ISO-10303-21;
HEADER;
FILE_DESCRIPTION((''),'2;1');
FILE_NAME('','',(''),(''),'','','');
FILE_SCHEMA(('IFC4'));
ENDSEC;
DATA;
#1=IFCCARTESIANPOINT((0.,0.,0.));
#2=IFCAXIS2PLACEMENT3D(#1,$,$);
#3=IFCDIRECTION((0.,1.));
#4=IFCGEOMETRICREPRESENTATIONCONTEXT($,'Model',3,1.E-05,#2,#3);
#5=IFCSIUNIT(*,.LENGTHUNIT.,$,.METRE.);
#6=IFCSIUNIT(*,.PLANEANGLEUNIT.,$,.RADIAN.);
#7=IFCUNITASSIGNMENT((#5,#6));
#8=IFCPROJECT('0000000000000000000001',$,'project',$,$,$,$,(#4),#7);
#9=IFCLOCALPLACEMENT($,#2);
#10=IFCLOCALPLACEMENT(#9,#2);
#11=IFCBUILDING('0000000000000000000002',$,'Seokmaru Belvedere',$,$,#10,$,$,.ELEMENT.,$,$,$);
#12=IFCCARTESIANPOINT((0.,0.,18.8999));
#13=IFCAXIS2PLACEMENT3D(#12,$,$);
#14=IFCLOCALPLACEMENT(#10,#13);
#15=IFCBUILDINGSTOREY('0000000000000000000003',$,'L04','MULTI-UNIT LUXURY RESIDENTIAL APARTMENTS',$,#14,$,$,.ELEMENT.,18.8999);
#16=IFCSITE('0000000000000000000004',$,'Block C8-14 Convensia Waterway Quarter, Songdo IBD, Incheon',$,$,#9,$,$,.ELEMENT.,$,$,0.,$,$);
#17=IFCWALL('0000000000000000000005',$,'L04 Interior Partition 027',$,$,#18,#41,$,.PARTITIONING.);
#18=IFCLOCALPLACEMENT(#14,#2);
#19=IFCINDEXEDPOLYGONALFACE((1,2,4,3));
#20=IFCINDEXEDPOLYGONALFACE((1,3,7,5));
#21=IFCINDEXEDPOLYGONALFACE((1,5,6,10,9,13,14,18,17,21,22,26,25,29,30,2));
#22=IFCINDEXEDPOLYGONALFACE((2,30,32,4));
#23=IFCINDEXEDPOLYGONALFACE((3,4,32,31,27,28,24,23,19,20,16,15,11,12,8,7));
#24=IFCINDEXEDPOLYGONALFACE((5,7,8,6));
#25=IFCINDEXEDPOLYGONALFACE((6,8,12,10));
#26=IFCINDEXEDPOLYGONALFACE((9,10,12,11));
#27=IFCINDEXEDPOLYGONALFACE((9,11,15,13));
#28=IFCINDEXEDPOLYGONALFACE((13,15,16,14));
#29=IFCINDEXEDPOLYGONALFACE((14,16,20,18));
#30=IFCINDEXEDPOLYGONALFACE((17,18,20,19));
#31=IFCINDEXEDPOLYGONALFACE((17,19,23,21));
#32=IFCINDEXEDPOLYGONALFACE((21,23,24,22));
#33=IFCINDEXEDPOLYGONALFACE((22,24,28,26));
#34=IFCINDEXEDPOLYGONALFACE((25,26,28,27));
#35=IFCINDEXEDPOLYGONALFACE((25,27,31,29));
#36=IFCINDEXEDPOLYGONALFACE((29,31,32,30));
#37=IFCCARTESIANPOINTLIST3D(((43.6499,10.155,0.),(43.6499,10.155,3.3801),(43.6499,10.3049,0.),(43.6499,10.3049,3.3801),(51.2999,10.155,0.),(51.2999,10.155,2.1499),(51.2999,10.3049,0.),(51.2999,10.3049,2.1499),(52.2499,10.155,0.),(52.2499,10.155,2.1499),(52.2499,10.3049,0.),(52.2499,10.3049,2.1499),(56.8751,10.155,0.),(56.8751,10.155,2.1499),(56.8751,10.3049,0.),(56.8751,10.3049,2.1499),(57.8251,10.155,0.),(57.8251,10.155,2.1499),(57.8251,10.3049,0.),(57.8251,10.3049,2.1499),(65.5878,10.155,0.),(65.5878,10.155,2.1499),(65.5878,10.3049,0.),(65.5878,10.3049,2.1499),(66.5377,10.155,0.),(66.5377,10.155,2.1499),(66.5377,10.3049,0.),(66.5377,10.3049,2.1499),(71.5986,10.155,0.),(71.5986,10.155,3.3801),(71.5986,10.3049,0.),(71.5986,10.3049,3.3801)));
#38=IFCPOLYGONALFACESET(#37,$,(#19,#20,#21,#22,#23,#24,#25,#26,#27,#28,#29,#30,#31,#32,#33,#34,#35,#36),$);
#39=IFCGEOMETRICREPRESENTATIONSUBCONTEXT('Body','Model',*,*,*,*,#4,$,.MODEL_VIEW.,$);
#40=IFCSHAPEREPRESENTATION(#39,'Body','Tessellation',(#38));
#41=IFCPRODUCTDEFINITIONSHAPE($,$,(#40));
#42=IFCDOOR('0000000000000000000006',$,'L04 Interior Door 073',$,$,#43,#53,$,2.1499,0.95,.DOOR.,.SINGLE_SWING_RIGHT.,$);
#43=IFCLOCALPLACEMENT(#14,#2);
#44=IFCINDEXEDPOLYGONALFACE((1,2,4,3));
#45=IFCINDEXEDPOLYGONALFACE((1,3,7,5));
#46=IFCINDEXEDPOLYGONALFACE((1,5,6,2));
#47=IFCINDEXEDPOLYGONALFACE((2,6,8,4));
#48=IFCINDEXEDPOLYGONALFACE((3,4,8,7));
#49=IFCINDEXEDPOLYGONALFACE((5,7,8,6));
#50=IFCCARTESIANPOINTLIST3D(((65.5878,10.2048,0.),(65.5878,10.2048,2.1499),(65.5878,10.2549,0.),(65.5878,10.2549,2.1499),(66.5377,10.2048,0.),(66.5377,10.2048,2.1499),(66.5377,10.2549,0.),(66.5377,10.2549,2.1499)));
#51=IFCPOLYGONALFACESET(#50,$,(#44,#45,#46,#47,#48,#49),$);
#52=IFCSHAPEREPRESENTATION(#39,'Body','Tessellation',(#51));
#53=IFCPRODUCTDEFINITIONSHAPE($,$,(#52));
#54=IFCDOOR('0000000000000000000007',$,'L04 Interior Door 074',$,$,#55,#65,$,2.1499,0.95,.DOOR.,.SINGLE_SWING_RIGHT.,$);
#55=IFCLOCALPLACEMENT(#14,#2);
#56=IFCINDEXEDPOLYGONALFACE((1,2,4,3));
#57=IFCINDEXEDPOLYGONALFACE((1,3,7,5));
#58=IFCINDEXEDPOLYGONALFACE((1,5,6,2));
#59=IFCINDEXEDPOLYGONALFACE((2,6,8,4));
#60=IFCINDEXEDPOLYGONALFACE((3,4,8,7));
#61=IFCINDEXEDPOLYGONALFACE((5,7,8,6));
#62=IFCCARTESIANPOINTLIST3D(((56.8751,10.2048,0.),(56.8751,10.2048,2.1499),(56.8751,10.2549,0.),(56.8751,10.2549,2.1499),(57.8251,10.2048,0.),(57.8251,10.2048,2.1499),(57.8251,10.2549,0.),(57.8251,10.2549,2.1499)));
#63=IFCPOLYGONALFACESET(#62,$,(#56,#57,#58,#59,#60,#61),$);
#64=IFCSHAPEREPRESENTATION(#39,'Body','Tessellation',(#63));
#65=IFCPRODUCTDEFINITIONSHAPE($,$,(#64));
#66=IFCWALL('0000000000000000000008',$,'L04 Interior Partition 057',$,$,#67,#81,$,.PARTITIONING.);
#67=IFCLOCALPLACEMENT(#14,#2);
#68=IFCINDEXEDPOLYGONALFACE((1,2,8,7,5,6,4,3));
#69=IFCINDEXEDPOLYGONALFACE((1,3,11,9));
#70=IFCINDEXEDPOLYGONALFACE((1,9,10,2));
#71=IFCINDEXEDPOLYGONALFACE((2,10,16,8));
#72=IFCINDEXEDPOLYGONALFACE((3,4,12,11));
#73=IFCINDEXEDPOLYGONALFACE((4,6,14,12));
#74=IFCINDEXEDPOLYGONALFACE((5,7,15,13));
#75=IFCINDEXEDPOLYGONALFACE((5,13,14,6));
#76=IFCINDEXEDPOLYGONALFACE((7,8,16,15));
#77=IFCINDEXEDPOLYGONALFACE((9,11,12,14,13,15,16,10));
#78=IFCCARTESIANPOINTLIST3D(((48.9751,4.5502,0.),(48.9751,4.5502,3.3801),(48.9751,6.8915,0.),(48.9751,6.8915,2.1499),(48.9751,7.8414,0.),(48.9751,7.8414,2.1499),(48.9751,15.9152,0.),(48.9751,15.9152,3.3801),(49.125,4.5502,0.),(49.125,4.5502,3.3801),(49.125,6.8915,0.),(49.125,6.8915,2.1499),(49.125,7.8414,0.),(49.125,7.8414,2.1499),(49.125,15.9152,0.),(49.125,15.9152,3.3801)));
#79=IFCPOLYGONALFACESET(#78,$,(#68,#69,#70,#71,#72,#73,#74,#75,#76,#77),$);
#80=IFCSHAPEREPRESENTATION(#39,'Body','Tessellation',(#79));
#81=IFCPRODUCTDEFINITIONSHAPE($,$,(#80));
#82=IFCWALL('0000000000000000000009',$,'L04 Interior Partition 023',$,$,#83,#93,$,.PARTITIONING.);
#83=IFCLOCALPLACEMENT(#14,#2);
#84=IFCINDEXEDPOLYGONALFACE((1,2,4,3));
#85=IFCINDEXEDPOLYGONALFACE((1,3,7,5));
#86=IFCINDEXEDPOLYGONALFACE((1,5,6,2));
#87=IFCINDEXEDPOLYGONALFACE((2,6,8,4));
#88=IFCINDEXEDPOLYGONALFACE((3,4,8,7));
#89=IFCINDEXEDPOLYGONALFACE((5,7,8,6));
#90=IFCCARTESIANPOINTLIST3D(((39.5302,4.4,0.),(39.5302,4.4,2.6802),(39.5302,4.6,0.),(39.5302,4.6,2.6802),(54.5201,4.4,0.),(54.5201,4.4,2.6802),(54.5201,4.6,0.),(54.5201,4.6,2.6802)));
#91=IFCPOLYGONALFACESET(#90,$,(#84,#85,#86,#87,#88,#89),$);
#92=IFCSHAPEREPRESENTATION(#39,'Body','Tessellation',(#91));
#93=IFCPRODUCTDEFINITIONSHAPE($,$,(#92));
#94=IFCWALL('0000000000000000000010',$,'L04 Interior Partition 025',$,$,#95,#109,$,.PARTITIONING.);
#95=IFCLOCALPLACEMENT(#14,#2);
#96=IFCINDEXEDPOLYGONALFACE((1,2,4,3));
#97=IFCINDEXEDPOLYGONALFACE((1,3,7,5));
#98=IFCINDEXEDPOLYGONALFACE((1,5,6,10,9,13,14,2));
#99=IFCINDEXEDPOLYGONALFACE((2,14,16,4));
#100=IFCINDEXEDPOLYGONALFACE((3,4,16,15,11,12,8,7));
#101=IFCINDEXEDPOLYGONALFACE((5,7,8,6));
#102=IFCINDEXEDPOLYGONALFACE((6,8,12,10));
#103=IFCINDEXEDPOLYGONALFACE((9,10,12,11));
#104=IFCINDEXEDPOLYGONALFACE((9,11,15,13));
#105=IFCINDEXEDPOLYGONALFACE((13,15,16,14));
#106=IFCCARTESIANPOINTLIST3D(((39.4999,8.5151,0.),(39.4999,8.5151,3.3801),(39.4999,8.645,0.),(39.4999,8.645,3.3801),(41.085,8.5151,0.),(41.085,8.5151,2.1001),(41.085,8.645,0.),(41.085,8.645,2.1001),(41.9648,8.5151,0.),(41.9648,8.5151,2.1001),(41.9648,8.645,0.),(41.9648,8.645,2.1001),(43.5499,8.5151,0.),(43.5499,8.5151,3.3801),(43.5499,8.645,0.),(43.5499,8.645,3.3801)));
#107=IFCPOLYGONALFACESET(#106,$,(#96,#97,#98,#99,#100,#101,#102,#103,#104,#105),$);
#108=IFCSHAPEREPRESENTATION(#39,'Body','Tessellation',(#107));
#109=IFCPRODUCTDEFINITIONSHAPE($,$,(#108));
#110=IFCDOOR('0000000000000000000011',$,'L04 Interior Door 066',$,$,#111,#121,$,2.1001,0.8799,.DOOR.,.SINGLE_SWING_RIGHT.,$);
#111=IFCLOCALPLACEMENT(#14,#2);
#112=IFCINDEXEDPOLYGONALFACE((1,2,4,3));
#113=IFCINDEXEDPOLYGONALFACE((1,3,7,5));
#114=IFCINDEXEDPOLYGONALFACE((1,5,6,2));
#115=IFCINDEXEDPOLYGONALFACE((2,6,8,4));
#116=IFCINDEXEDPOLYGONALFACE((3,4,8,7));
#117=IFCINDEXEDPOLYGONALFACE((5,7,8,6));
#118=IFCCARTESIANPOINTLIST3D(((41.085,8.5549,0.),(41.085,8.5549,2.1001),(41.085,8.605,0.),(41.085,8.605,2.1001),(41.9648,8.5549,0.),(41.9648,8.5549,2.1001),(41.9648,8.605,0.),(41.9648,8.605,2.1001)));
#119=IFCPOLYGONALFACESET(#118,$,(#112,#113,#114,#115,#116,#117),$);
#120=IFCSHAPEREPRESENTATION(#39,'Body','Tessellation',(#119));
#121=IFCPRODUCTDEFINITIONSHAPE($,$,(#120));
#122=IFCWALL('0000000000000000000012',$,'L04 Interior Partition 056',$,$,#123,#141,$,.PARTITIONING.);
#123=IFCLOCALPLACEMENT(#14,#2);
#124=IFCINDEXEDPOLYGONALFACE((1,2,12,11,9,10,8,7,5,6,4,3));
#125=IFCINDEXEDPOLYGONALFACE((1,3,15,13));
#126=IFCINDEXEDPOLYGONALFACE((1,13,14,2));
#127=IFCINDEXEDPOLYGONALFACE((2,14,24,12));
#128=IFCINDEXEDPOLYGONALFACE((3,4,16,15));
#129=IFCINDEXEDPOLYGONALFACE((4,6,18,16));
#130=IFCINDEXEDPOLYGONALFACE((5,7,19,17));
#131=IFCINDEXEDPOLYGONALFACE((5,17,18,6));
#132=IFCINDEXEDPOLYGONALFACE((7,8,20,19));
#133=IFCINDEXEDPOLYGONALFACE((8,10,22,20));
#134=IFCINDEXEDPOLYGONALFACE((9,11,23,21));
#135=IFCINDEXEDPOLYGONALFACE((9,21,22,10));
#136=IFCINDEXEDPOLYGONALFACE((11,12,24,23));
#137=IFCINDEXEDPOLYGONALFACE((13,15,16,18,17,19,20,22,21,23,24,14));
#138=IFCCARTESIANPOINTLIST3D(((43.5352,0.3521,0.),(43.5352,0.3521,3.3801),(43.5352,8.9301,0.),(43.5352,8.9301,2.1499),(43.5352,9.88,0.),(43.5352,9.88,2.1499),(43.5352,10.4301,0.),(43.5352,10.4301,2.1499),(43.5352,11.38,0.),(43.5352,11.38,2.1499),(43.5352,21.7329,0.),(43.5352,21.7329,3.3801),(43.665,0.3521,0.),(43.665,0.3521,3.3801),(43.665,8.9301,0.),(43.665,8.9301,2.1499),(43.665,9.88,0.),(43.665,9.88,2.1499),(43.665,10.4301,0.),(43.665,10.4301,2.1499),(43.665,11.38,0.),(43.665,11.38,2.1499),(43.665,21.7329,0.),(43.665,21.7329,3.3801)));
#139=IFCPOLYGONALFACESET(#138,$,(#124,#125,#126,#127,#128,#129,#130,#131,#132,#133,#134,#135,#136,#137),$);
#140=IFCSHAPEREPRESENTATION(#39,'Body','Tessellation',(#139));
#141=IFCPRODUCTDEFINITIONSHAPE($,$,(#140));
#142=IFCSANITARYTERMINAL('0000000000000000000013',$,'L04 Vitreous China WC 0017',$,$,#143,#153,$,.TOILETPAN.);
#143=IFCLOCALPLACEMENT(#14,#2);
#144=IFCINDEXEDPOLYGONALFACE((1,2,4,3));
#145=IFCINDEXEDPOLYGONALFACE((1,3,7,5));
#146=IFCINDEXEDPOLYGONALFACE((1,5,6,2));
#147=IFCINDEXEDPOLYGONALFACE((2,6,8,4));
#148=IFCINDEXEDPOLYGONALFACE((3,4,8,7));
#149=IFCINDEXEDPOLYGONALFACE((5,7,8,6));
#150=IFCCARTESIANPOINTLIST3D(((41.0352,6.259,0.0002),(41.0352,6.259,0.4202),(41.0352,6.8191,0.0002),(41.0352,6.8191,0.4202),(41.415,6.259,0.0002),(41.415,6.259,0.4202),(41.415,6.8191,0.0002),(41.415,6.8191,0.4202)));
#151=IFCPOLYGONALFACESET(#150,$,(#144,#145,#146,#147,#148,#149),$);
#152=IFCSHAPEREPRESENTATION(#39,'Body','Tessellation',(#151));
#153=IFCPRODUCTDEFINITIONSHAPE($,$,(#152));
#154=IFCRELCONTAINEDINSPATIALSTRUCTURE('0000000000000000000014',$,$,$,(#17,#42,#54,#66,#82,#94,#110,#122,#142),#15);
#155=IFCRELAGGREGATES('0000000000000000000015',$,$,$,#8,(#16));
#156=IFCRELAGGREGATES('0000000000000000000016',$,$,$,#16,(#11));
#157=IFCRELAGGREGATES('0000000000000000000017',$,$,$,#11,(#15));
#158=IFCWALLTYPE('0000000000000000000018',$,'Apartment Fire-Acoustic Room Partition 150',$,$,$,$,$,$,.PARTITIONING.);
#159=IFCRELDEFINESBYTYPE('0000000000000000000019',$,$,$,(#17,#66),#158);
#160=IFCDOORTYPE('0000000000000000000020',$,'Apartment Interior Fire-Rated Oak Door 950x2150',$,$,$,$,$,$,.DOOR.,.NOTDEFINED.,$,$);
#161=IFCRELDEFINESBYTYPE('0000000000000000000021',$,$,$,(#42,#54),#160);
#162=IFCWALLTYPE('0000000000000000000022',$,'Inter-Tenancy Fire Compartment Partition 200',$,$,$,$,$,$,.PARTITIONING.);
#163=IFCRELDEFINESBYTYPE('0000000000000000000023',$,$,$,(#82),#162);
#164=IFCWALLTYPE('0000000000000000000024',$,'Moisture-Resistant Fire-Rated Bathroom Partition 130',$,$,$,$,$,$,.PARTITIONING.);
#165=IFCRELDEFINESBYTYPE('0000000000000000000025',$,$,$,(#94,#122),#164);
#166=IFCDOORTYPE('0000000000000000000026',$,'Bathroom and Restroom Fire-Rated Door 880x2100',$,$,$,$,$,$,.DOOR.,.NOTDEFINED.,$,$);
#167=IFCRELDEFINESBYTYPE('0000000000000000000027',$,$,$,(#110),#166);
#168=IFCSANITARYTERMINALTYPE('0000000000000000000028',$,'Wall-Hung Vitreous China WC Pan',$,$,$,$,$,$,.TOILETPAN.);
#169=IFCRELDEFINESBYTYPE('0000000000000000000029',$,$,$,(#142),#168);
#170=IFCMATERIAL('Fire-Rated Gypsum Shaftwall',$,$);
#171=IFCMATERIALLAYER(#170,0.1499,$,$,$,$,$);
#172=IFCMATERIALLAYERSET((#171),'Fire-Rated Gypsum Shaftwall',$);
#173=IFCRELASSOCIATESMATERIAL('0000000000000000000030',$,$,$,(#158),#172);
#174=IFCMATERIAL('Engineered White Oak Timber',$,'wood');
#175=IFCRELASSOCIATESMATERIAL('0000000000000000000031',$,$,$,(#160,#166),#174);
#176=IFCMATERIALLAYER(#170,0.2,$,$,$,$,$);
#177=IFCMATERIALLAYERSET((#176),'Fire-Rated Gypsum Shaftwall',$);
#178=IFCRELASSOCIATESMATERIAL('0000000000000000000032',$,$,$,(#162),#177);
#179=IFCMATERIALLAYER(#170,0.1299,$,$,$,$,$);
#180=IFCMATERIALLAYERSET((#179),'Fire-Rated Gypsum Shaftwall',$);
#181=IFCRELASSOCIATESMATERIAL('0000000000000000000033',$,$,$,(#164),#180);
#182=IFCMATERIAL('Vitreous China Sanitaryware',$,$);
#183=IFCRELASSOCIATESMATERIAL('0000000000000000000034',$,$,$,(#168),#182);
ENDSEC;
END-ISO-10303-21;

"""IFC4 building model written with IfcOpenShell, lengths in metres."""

from ifc_helpers import new_model, si_unit, direction, frame, frame_2d, origin, origin_2d, place, context, subcontext, project, spatial, rectangle, extrude, source, transform, mapped, material, layer, layer_set, type_object, type_shapes, element, fill, save


model = new_model("IFC4")

# Units and contexts
model_context = context("Model", 3, precision=1e-05, world=origin(), true_north=direction((0.0, 1.0)))
body_context = subcontext(model_context, "Body", "Model", "MODEL_VIEW")
ifc_project = project(units=[si_unit("LENGTHUNIT", "METRE"), si_unit("PLANEANGLEUNIT", "RADIAN")], contexts=[model_context])

# Site, building, storey
site_placement = place(None, origin())
site = spatial("IfcSite", under=ifc_project, at=site_placement, Name="Block C8-14 Convensia Waterway Quarter, Songdo IBD, Incheon", CompositionType="ELEMENT", RefElevation=0.0)
building_placement = place(site_placement, origin())
building = spatial("IfcBuilding", under=site, at=building_placement, Name="Seokmaru Belvedere", CompositionType="ELEMENT")
storey_placement = place(building_placement, frame((0.0, 0.0, 18.8999)))
storey = spatial("IfcBuildingStorey", under=building, at=storey_placement, Name="L04", Description="MULTI-UNIT LUXURY RESIDENTIAL APARTMENTS", CompositionType="ELEMENT", Elevation=18.8999)

# Shared definitions
ifc_material_1 = material(Name="Fire-Rated Gypsum Shaftwall")
ifc_layer_1 = layer(ifc_material_1, 0.1499)
ifc_layer_set_1 = layer_set([ifc_layer_1], Name="Fire-Rated Gypsum Shaftwall")
wall_type_1 = type_object("IfcWallType", Name="Apartment Fire-Acoustic Room Partition 150", PredefinedType="PARTITIONING", material=ifc_layer_set_1)
ifc_material_2 = material(Name="Engineered White Oak Timber", Category="wood")
door_type_1 = type_object("IfcDoorType", Name="Apartment Interior Fire-Rated Oak Door 950x2150", OperationType="NOTDEFINED", PredefinedType="DOOR", material=ifc_material_2)
shared_shape_1 = source(origin(), body_context, "Body", "SweptSolid", [
    extrude(rectangle(XDim=0.95, YDim=2.1499, at=frame_2d((0.4751, 1.075))), frame((0.0, 0.0249, 0.0), z_axis=(0.0, -1.0, 0.0), x_axis=(1.0, 0.0, 0.0)), (0.0, 0.0, 1.0), 0.05),
])
type_shapes(door_type_1, [shared_shape_1])

# Wall, openings, doors
wall_1_placement = place(storey_placement, frame((43.6499, 10.23, 0.0), z_axis=(0.0, 0.0, 1.0), x_axis=(1.0, 0.0, 0.0)))
wall_1 = element("IfcWall", 1, at=wall_1_placement, inside=storey, type_object=wall_type_1, Name="L04 Interior Partition 027", PredefinedType="PARTITIONING", context=body_context, shape_type="SweptSolid", body=[
    extrude(rectangle(XDim=27.9487, YDim=0.1499, at=frame_2d((13.9744, 0.0))), origin(), (0.0, 0.0, 1.0), 3.3801),
])
opening_1_placement = place(wall_1_placement, frame((21.9377, 0.0, 0.0)))
opening_1 = element("IfcOpeningElement", 2, at=opening_1_placement, cuts=wall_1, PredefinedType="OPENING", context=body_context, shape_type="SweptSolid", body=[
    extrude(rectangle(XDim=0.95, YDim=2.1499, at=frame_2d((0.4751, 1.075))), frame((0.0, 0.085, 0.0), z_axis=(0.0, -1.0, 0.0), x_axis=(1.0, 0.0, 0.0)), (0.0, 0.0, 1.0), 0.1699),
])
opening_2_placement = place(wall_1_placement, frame((13.2251, 0.0, 0.0)))
opening_2 = element("IfcOpeningElement", 3, at=opening_2_placement, cuts=wall_1, PredefinedType="OPENING", context=body_context, shape_type="SweptSolid", body=[
    extrude(rectangle(XDim=0.95, YDim=2.1499, at=frame_2d((0.4751, 1.075))), frame((0.0, 0.085, 0.0), z_axis=(0.0, -1.0, 0.0), x_axis=(1.0, 0.0, 0.0)), (0.0, 0.0, 1.0), 0.1699),
])
opening_3_placement = place(wall_1_placement, frame((7.6499, 0.0, 0.0)))
element("IfcOpeningElement", 4, at=opening_3_placement, cuts=wall_1, PredefinedType="OPENING", context=body_context, shape_type="SweptSolid", body=[
    extrude(rectangle(XDim=0.95, YDim=2.1499, at=frame_2d((0.4751, 1.075))), frame((0.0, 0.085, 0.0), z_axis=(0.0, -1.0, 0.0), x_axis=(1.0, 0.0, 0.0)), (0.0, 0.0, 1.0), 0.1699),
])
door_1_placement = place(opening_1_placement, origin())
door_1 = element("IfcDoor", 5, at=door_1_placement, inside=storey, type_object=door_type_1, Name="L04 Interior Door 073", OperationType="SINGLE_SWING_RIGHT", OverallHeight=2.1499, OverallWidth=0.95, PredefinedType="DOOR", context=body_context, shape_type="MappedRepresentation", body=[
    mapped(shared_shape_1, transform((0.0, 0.0, 0.0), scale=1.0)),
])
fill(opening_1, door_1)
door_2_placement = place(opening_2_placement, origin())
door_2 = element("IfcDoor", 6, at=door_2_placement, inside=storey, type_object=door_type_1, Name="L04 Interior Door 074", OperationType="SINGLE_SWING_RIGHT", OverallHeight=2.1499, OverallWidth=0.95, PredefinedType="DOOR", context=body_context, shape_type="MappedRepresentation", body=[
    mapped(shared_shape_1, transform((0.0, 0.0, 0.0), scale=1.0)),
])
fill(opening_2, door_2)

# Wall, opening
wall_2_placement = place(storey_placement, frame((49.05, 4.55, 0.0), z_axis=(0.0, 0.0, 1.0), x_axis=(0.0, 1.0, 0.0)))
wall_2 = element("IfcWall", 7, at=wall_2_placement, inside=storey, type_object=wall_type_1, Name="L04 Interior Partition 057", PredefinedType="PARTITIONING", context=body_context, shape_type="SweptSolid", body=[
    extrude(rectangle(XDim=11.365, YDim=0.1499, at=frame_2d((5.6826, 0.0))), origin(), (0.0, 0.0, 1.0), 3.3801),
])
opening_4_placement = place(wall_2_placement, frame((2.3413, 0.0, 0.0)))
element("IfcOpeningElement", 8, at=opening_4_placement, cuts=wall_2, PredefinedType="OPENING", context=body_context, shape_type="SweptSolid", body=[
    extrude(rectangle(XDim=0.95, YDim=2.1499, at=frame_2d((0.4751, 1.075))), frame((0.0, 0.085, 0.0), z_axis=(0.0, -1.0, 0.0), x_axis=(1.0, 0.0, 0.0)), (0.0, 0.0, 1.0), 0.1699),
])

# Wall
ifc_layer_2 = layer(ifc_material_1, 0.2)
ifc_layer_set_2 = layer_set([ifc_layer_2], Name="Fire-Rated Gypsum Shaftwall")
wall_type_2 = type_object("IfcWallType", Name="Inter-Tenancy Fire Compartment Partition 200", PredefinedType="PARTITIONING", material=ifc_layer_set_2)
wall_3_placement = place(storey_placement, frame((39.53, 4.5, 0.0), z_axis=(0.0, 0.0, 1.0), x_axis=(1.0, 0.0, 0.0)))
element("IfcWall", 9, at=wall_3_placement, inside=storey, type_object=wall_type_2, Name="L04 Interior Partition 023", PredefinedType="PARTITIONING", context=body_context, shape_type="SweptSolid", body=[
    extrude(rectangle(XDim=14.99, YDim=0.2, at=frame_2d((7.4951, 0.0))), origin(), (0.0, 0.0, 1.0), 2.6802),
])

# Wall, opening, door
ifc_layer_3 = layer(ifc_material_1, 0.1299)
ifc_layer_set_3 = layer_set([ifc_layer_3], Name="Fire-Rated Gypsum Shaftwall")
wall_type_3 = type_object("IfcWallType", Name="Moisture-Resistant Fire-Rated Bathroom Partition 130", PredefinedType="PARTITIONING", material=ifc_layer_set_3)
wall_4_placement = place(storey_placement, frame((39.5, 8.5801, 0.0), z_axis=(0.0, 0.0, 1.0), x_axis=(1.0, 0.0, 0.0)))
wall_4 = element("IfcWall", 10, at=wall_4_placement, inside=storey, type_object=wall_type_3, Name="L04 Interior Partition 025", PredefinedType="PARTITIONING", context=body_context, shape_type="SweptSolid", body=[
    extrude(rectangle(XDim=4.05, YDim=0.1299, at=frame_2d((2.0249, 0.0))), origin(), (0.0, 0.0, 1.0), 3.3801),
])
opening_5_placement = place(wall_4_placement, frame((1.585, 0.0, 0.0)))
opening_5 = element("IfcOpeningElement", 11, at=opening_5_placement, cuts=wall_4, PredefinedType="OPENING", context=body_context, shape_type="SweptSolid", body=[
    extrude(rectangle(XDim=0.8799, YDim=2.1001, at=frame_2d((0.4399, 1.05))), frame((0.0, 0.075, 0.0), z_axis=(0.0, -1.0, 0.0), x_axis=(1.0, 0.0, 0.0)), (0.0, 0.0, 1.0), 0.1499),
])
door_type_2 = type_object("IfcDoorType", Name="Bathroom and Restroom Fire-Rated Door 880x2100", OperationType="NOTDEFINED", PredefinedType="DOOR", material=ifc_material_2)
shared_shape_2 = source(origin(), body_context, "Body", "SweptSolid", [
    extrude(rectangle(XDim=0.8799, YDim=2.1001, at=frame_2d((0.4399, 1.05))), frame((0.0, 0.0249, 0.0), z_axis=(0.0, -1.0, 0.0), x_axis=(1.0, 0.0, 0.0)), (0.0, 0.0, 1.0), 0.05),
])
type_shapes(door_type_2, [shared_shape_2])
door_3_placement = place(opening_5_placement, origin())
door_3 = element("IfcDoor", 12, at=door_3_placement, inside=storey, type_object=door_type_2, Name="L04 Interior Door 066", OperationType="SINGLE_SWING_RIGHT", OverallHeight=2.1001, OverallWidth=0.8799, PredefinedType="DOOR", context=body_context, shape_type="MappedRepresentation", body=[
    mapped(shared_shape_2, transform((0.0, 0.0, 0.0), scale=1.0)),
])
fill(opening_5, door_3)

# Wall, openings
wall_5_placement = place(storey_placement, frame((43.6001, 0.3521, 0.0), z_axis=(0.0, 0.0, 1.0), x_axis=(0.0, 1.0, 0.0)))
wall_5 = element("IfcWall", 13, at=wall_5_placement, inside=storey, type_object=wall_type_3, Name="L04 Interior Partition 056", PredefinedType="PARTITIONING", context=body_context, shape_type="SweptSolid", body=[
    extrude(rectangle(XDim=21.3809, YDim=0.1299, at=frame_2d((10.6904, 0.0))), origin(), (0.0, 0.0, 1.0), 3.3801),
])
opening_6_placement = place(wall_5_placement, frame((8.5779, 0.0, 0.0)))
element("IfcOpeningElement", 14, at=opening_6_placement, cuts=wall_5, PredefinedType="OPENING", context=body_context, shape_type="SweptSolid", body=[
    extrude(rectangle(XDim=0.95, YDim=2.1499, at=frame_2d((0.4751, 1.075))), frame((0.0, 0.075, 0.0), z_axis=(0.0, -1.0, 0.0), x_axis=(1.0, 0.0, 0.0)), (0.0, 0.0, 1.0), 0.1499),
])
opening_7_placement = place(wall_5_placement, frame((10.0779, 0.0, 0.0)))
element("IfcOpeningElement", 15, at=opening_7_placement, cuts=wall_5, PredefinedType="OPENING", context=body_context, shape_type="SweptSolid", body=[
    extrude(rectangle(XDim=0.95, YDim=2.1499, at=frame_2d((0.4751, 1.075))), frame((0.0, 0.075, 0.0), z_axis=(0.0, -1.0, 0.0), x_axis=(1.0, 0.0, 0.0)), (0.0, 0.0, 1.0), 0.1499),
])

# Sanitary terminal
ifc_material_3 = material(Name="Vitreous China Sanitaryware")
sanitary_terminal_type_1 = type_object("IfcSanitaryTerminalType", Name="Wall-Hung Vitreous China WC Pan", PredefinedType="TOILETPAN", material=ifc_material_3)
shared_shape_3 = source(origin(), body_context, "Body", "SweptSolid", [
    extrude(rectangle(XDim=0.3799, YDim=0.5601, at=origin_2d()), origin(), (0.0, 0.0, 1.0), 0.4199),
])
type_shapes(sanitary_terminal_type_1, [shared_shape_3])
sanitary_terminal_1_placement = place(storey_placement, frame((41.2251, 6.5391, 0.0002), z_axis=(0.0, 0.0, 1.0), x_axis=(1.0, 0.0, 0.0)))
element("IfcSanitaryTerminal", 16, at=sanitary_terminal_1_placement, inside=storey, type_object=sanitary_terminal_type_1, Name="L04 Vitreous China WC 0017", PredefinedType="TOILETPAN", context=body_context, shape_type="MappedRepresentation", body=[
    mapped(shared_shape_3, transform((0.0, 0.0, 0.0), scale=1.0)),
])

save(model, "model.ifc")
